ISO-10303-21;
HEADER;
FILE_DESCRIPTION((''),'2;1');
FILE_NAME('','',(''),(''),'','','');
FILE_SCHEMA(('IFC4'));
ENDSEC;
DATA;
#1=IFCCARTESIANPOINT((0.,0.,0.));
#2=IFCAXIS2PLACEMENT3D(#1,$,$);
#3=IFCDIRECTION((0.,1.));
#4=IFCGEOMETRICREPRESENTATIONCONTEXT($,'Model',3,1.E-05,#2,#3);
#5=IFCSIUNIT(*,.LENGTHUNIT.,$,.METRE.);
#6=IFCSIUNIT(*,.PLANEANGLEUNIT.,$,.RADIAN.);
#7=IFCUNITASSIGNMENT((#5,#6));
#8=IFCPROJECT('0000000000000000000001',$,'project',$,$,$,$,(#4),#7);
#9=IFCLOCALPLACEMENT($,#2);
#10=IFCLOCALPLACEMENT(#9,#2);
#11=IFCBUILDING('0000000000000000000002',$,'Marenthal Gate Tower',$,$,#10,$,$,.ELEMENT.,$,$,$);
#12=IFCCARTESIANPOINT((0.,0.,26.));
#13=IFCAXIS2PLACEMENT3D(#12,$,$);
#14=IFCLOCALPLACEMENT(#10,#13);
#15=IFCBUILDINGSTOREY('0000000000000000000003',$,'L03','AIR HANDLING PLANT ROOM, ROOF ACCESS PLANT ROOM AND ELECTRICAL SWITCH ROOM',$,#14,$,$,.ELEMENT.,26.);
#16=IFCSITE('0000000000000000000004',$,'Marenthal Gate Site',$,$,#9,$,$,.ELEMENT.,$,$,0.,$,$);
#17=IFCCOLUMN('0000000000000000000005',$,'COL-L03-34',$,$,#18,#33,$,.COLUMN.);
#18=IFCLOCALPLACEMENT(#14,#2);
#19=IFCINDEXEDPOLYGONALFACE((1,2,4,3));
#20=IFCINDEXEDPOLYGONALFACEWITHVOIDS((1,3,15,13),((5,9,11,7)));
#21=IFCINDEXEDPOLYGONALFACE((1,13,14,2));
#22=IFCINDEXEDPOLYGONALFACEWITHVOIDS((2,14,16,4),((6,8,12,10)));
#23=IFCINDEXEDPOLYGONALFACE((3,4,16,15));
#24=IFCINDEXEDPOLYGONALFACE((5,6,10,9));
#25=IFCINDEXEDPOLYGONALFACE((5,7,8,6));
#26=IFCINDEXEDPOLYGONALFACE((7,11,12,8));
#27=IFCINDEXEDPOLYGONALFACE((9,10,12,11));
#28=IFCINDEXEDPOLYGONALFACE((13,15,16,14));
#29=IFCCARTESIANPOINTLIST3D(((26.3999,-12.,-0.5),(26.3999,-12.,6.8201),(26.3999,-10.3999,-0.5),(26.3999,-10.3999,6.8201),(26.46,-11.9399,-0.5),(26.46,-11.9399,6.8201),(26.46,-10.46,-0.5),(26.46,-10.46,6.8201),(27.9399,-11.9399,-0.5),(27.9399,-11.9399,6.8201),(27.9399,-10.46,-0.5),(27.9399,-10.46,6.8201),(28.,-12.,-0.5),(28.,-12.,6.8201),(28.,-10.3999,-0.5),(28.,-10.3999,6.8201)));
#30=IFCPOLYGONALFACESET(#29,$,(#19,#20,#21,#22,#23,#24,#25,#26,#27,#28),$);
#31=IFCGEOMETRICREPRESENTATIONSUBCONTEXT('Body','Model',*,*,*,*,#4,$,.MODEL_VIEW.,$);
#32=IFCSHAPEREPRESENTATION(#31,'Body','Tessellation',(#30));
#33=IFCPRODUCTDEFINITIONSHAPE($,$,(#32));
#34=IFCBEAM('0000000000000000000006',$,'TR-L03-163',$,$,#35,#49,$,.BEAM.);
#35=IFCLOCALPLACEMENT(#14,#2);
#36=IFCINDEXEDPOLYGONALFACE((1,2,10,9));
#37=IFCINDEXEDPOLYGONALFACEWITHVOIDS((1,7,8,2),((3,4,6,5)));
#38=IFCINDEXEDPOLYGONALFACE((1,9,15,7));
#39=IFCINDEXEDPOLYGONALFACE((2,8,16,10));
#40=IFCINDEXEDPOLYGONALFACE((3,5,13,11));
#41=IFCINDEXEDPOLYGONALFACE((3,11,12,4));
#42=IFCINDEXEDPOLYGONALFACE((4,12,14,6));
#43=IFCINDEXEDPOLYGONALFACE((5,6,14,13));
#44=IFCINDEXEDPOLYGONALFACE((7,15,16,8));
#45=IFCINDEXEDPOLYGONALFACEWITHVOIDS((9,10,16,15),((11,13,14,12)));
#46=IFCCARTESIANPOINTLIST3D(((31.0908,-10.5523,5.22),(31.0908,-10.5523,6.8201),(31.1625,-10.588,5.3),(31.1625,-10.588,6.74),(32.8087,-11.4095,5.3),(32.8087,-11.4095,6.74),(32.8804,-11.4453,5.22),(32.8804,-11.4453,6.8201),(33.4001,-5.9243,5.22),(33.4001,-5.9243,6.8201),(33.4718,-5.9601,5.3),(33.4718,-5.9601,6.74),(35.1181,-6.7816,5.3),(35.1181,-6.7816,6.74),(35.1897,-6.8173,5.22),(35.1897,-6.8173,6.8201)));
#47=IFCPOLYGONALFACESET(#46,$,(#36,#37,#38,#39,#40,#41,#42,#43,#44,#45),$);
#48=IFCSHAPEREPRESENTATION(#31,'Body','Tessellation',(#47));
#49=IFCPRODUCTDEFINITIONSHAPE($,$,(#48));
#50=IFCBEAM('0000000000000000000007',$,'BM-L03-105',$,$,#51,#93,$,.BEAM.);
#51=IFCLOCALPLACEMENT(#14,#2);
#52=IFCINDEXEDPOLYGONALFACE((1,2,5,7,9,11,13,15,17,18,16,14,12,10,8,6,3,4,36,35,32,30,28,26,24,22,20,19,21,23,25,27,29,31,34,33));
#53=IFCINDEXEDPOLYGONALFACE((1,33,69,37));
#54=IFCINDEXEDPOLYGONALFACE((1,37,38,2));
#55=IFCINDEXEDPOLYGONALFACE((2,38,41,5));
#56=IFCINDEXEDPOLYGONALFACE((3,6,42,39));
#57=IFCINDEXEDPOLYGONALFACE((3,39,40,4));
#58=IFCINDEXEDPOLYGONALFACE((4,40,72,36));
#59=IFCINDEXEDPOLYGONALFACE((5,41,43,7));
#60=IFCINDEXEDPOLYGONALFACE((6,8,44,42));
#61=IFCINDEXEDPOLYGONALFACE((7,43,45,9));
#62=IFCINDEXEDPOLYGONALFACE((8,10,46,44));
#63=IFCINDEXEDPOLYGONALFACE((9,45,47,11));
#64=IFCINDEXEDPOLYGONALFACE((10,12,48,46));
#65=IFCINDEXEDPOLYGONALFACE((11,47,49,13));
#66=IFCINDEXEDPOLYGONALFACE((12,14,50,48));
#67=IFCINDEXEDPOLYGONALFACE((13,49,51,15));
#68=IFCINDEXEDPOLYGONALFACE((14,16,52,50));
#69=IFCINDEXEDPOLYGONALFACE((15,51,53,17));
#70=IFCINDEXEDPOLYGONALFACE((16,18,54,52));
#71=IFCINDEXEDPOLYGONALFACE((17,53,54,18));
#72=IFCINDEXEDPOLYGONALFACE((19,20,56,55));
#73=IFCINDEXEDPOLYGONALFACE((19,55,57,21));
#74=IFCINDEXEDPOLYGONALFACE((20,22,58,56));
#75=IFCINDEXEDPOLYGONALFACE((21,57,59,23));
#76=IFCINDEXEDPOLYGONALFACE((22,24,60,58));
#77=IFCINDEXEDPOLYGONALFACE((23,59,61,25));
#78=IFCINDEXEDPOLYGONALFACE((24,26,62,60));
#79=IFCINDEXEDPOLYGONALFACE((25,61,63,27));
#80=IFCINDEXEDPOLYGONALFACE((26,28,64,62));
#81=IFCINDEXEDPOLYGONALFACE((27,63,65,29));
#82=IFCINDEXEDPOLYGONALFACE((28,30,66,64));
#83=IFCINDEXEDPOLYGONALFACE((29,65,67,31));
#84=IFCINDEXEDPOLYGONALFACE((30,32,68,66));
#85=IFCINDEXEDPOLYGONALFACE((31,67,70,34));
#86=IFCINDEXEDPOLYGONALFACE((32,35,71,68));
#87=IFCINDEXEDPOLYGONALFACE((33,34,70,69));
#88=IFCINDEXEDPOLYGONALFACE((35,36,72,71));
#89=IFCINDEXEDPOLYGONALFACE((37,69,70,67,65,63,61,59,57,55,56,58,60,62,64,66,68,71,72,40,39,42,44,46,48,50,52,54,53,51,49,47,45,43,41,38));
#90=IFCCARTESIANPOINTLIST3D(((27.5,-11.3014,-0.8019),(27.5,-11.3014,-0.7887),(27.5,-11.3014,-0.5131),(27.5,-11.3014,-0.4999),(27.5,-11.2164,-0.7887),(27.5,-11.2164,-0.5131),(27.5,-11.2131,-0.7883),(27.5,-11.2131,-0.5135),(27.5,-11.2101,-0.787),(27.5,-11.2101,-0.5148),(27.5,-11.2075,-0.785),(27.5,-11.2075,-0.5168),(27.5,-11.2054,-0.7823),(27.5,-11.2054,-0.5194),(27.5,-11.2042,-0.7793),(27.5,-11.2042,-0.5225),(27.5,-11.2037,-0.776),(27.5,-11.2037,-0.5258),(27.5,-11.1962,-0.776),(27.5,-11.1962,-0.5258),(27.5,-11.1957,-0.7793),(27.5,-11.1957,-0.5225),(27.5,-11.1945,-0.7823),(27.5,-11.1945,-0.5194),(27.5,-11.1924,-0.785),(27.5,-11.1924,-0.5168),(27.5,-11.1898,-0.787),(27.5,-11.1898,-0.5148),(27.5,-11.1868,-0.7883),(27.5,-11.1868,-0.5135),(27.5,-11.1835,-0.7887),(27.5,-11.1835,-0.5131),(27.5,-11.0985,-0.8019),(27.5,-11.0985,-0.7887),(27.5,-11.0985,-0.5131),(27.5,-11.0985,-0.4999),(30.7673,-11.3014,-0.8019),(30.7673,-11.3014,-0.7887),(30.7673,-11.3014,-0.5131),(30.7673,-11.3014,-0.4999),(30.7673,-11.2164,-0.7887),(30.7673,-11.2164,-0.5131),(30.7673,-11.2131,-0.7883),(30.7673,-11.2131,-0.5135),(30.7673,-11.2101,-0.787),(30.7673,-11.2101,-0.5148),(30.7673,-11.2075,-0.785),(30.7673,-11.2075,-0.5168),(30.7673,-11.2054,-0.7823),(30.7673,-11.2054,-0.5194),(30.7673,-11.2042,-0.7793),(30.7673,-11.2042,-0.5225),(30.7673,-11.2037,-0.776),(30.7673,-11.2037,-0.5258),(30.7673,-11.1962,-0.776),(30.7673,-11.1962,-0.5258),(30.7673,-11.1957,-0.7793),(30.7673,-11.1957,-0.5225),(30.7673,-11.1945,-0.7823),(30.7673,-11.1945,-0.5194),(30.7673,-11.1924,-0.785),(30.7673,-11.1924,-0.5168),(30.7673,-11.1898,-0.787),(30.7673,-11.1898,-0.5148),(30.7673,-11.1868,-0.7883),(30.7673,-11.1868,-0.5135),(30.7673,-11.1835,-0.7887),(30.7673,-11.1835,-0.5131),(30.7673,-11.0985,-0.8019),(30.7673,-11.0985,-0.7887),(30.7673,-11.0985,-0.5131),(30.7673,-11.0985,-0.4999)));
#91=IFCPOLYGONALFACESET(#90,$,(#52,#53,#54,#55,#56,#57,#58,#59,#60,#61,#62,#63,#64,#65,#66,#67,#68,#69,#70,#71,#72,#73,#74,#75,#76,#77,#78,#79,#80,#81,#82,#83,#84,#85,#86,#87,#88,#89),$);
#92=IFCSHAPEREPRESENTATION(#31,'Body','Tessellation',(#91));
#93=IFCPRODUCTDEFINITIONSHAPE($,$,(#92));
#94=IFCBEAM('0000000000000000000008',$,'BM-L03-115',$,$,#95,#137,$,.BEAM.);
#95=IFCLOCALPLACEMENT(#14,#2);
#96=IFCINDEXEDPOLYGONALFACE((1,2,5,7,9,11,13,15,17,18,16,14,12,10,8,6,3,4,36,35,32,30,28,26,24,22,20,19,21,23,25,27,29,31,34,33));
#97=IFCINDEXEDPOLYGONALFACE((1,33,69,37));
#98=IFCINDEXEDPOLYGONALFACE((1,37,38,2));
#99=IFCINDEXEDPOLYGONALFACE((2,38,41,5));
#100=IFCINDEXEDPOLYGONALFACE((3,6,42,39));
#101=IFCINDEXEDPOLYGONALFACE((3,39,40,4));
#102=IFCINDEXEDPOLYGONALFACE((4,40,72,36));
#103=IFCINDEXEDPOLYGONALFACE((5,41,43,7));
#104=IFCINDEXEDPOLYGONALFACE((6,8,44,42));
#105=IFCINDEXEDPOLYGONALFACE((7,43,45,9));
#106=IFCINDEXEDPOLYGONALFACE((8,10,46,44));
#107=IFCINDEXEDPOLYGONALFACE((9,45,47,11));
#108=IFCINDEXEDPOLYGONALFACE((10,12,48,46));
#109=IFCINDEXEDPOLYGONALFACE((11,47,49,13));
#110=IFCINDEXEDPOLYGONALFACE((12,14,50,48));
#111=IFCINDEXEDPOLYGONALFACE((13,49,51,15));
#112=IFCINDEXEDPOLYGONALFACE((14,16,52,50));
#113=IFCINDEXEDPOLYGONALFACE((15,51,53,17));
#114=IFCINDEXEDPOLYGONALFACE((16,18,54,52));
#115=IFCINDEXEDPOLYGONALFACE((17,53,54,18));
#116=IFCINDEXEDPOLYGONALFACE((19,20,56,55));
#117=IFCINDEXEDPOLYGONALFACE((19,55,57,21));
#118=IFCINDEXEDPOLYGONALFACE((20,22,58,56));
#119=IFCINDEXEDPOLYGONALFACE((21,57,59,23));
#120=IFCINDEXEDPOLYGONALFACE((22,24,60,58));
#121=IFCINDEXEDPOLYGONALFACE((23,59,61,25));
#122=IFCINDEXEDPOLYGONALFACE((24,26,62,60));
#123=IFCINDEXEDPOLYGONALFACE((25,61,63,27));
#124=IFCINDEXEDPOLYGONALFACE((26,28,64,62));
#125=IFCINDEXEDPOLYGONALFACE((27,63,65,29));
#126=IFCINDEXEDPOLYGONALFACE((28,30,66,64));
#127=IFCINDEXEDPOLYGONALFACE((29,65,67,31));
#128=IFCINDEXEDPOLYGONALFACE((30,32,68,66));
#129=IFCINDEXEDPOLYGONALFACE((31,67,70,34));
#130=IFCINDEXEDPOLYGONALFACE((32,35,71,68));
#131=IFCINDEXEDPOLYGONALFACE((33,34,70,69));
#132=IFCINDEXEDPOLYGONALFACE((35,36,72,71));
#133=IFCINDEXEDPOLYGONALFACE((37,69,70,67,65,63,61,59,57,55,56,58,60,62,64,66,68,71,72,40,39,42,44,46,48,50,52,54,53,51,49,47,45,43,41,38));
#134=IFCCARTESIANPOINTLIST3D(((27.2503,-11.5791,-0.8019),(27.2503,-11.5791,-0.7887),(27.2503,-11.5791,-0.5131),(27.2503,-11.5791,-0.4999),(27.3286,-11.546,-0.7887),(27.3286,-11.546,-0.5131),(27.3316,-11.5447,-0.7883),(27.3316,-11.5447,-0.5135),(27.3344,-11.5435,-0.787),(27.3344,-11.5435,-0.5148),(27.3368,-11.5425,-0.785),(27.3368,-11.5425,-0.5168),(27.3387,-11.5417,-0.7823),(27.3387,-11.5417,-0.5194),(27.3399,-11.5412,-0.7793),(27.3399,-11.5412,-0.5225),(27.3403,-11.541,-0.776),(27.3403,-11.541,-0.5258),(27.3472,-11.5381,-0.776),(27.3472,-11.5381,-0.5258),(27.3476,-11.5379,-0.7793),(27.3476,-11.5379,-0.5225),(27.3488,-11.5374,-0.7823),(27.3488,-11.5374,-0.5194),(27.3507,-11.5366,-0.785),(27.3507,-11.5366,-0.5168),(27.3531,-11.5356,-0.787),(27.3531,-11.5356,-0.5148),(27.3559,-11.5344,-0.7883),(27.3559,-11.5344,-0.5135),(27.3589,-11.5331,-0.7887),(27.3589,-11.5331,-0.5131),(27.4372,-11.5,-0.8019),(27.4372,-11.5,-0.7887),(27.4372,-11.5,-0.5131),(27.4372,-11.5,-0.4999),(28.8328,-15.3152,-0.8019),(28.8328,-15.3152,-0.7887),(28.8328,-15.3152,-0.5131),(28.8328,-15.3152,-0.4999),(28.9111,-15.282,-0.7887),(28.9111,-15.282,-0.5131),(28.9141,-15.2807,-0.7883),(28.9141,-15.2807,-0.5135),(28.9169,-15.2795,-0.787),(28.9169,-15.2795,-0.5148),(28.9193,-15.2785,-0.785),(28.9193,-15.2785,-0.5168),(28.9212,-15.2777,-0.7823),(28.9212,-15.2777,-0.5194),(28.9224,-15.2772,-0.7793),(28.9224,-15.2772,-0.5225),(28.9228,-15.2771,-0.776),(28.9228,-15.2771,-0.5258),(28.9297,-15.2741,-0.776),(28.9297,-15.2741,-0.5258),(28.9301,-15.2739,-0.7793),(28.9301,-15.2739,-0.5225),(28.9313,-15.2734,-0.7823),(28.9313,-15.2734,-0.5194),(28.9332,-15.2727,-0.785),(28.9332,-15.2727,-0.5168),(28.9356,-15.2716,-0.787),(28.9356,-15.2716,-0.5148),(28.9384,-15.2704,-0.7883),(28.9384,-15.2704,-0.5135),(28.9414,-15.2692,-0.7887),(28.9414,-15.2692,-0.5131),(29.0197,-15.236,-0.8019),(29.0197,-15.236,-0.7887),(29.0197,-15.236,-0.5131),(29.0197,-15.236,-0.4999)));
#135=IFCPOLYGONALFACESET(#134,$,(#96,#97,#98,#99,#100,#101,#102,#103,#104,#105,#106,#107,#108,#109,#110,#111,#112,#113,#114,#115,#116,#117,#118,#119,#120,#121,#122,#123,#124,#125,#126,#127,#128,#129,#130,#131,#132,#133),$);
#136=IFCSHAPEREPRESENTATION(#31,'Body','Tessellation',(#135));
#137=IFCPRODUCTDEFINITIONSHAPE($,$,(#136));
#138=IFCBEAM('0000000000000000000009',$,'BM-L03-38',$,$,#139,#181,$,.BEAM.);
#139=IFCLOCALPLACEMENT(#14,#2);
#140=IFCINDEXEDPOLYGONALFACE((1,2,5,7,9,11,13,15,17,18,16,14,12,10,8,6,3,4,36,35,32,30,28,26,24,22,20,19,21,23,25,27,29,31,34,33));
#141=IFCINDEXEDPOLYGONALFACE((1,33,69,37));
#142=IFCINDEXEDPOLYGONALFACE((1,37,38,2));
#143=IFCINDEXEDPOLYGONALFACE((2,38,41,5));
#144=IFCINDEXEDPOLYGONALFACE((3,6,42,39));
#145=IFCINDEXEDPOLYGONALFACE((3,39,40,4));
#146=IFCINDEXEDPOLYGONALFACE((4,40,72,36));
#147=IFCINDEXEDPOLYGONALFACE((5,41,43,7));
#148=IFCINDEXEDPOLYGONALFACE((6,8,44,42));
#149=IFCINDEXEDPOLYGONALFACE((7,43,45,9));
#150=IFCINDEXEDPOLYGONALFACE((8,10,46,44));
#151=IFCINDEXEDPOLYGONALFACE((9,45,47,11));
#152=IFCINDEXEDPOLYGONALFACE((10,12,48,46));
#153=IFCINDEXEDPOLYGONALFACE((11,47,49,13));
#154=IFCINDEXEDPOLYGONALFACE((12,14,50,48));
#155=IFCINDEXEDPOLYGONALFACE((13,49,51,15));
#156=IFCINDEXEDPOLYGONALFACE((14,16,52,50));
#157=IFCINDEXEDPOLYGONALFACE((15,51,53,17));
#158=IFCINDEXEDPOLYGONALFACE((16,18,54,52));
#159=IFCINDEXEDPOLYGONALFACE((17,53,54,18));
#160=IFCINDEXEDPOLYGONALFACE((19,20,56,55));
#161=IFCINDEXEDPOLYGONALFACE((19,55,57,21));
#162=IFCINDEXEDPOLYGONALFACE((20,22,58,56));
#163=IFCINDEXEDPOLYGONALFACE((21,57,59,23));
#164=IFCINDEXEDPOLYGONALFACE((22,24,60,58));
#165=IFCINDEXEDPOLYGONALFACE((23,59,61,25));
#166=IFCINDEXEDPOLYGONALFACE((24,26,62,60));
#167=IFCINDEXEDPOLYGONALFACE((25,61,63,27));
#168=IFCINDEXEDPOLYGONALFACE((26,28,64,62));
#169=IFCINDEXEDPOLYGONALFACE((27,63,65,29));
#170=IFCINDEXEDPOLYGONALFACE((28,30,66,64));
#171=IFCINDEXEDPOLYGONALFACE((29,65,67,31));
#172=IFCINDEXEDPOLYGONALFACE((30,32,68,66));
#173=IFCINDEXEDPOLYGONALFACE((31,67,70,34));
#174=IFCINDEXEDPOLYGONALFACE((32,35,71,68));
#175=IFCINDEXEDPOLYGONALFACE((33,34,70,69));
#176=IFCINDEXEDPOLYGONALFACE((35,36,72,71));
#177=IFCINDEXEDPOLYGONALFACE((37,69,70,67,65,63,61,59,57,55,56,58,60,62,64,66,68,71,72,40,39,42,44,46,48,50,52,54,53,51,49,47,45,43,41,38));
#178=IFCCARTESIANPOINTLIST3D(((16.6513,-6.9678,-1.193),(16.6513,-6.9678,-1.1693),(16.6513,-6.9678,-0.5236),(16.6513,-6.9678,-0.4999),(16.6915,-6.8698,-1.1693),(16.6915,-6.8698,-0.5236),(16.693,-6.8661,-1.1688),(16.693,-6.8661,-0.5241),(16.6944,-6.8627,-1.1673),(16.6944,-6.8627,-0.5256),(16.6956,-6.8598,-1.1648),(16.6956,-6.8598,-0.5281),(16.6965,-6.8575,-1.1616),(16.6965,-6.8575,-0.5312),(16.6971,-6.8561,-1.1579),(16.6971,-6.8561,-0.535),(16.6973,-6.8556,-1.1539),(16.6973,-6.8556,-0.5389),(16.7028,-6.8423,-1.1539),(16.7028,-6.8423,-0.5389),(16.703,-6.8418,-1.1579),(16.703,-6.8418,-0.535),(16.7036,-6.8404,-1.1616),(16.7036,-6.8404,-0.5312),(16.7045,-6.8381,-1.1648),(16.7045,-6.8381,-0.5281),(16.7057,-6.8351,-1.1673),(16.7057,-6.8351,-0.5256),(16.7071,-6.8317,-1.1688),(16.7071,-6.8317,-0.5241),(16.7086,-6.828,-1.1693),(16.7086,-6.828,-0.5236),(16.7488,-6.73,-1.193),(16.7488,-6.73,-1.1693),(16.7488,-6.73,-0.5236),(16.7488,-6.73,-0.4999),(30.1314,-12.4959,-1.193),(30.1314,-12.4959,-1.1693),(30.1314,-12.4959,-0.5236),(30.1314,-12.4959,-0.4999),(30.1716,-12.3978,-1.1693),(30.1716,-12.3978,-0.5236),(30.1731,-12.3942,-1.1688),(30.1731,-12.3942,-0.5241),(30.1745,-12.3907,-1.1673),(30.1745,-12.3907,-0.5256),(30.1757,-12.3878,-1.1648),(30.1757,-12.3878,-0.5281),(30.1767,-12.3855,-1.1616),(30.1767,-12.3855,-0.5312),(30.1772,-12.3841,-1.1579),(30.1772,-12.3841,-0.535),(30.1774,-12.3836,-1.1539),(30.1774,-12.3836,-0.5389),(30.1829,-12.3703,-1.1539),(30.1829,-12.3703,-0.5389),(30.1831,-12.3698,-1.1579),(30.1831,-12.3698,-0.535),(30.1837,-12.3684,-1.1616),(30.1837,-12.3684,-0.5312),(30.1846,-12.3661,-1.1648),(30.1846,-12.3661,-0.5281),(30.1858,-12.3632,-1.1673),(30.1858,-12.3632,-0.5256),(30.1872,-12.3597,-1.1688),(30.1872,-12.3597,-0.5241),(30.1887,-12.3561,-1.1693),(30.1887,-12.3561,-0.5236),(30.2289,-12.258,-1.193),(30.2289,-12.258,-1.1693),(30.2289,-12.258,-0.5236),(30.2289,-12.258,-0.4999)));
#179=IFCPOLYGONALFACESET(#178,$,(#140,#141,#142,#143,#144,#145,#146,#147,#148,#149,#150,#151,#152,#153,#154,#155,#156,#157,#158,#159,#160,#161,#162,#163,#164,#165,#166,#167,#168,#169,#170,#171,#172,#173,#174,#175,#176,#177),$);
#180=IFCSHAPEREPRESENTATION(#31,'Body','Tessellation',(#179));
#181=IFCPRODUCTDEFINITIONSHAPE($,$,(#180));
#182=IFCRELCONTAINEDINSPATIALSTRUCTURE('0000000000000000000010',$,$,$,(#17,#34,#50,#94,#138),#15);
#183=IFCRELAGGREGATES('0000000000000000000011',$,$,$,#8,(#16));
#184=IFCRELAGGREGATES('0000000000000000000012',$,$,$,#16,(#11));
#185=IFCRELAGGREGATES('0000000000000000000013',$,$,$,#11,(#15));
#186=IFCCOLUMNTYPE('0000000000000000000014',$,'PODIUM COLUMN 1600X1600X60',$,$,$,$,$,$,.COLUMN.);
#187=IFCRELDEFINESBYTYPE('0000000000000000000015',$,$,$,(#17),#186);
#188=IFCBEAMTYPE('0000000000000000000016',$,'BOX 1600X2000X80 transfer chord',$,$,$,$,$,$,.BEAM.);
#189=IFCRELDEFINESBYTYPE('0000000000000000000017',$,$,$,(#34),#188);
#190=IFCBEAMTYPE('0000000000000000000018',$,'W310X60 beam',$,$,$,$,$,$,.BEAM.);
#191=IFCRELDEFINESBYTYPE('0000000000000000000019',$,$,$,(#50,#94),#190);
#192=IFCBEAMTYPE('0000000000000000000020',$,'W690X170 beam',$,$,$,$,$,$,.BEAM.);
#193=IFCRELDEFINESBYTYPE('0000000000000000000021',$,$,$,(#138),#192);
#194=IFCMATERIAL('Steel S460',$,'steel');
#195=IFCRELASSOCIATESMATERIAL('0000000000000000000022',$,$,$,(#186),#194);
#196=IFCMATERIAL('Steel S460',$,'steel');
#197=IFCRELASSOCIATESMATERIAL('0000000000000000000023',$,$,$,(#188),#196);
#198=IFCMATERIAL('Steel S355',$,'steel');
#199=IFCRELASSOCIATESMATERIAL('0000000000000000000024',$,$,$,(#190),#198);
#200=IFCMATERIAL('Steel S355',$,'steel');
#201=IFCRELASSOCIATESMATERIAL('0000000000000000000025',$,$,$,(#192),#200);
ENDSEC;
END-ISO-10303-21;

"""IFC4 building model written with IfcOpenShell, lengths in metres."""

from ifc_helpers import new_model, si_unit, direction, frame, origin, origin_2d, place, context, subcontext, project, spatial, rectangle, hollow_rectangle, i_section, extrude, material, material_profile, profile_set, type_object, element, save


model = new_model("IFC4")

# Units and contexts
model_context = context("Model", 3, precision=1e-05, world=origin(), true_north=direction((0.0, 1.0)))
body_context = subcontext(model_context, "Body", "Model", "MODEL_VIEW")
ifc_project = project(units=[si_unit("LENGTHUNIT", "METRE"), si_unit("PLANEANGLEUNIT", "RADIAN")], contexts=[model_context])

# Site, building, storey
site_placement = place(None, origin())
site = spatial("IfcSite", under=ifc_project, at=site_placement, Name="Marenthal Gate Site", CompositionType="ELEMENT", RefElevation=0.0)
building_placement = place(site_placement, origin())
building = spatial("IfcBuilding", under=site, at=building_placement, Name="Marenthal Gate Tower", CompositionType="ELEMENT")
storey_placement = place(building_placement, frame((0.0, 0.0, 26.0)))
storey = spatial("IfcBuildingStorey", under=building, at=storey_placement, Name="L03", Description="AIR HANDLING PLANT ROOM, ROOF ACCESS PLANT ROOM AND ELECTRICAL SWITCH ROOM", CompositionType="ELEMENT", Elevation=26.0)

# Column
ifc_material_1 = material(Name="Steel S460", Category="steel")
ifc_material_profile_1 = material_profile(ifc_material_1, hollow_rectangle(XDim=1.6001, YDim=1.6001, WallThickness=0.0601, at=origin_2d()), Name="CFT BOX 1600X1600X60")
ifc_material_2 = material(Name="Concrete 70 MPa", Category="concrete")
ifc_material_profile_2 = material_profile(ifc_material_2, rectangle(XDim=1.48, YDim=1.48, at=origin_2d()), Name="CFT BOX 1600X1600X60 INFILL")
ifc_profile_set_1 = profile_set([ifc_material_profile_1, ifc_material_profile_2], Name="Steel S460 shell, Concrete 70 MPa infill")
column_type = type_object("IfcColumnType", Name="PODIUM COLUMN 1600X1600X60", PredefinedType="COLUMN", material=ifc_profile_set_1)
column_placement = place(storey_placement, frame((27.2, -11.2, -0.5), z_axis=(0.0, 0.0, 1.0), x_axis=(1.0, 0.0, 0.0)))
element("IfcColumn", 1, at=column_placement, inside=storey, type_object=column_type, Name="COL-L03-34", PredefinedType="COLUMN", context=body_context, shape_type="SweptSolid", body=[
    extrude(hollow_rectangle(XDim=1.6001, YDim=1.6001, WallThickness=0.0601, at=origin_2d()), origin(), (0.0, 0.0, 1.0), 7.3201),
])

# Beams
ifc_material_3 = material(Name="Steel S460", Category="steel")
ifc_material_profile_3 = material_profile(ifc_material_3, hollow_rectangle(XDim=2.0, YDim=1.6001, WallThickness=0.0801, at=origin_2d()), Name="BOX 1600X2000X80")
ifc_profile_set_2 = profile_set([ifc_material_profile_3], Name="Steel S460")
beam_type_1 = type_object("IfcBeamType", Name="BOX 1600X2000X80 transfer chord", PredefinedType="BEAM", material=ifc_profile_set_2)
beam_1_placement = place(storey_placement, frame((31.9856, -10.9988, 6.02), z_axis=(0.446496, 0.894786, 0.0), x_axis=(-0.894786, 0.446496, 0.0)))
element("IfcBeam", 2, at=beam_1_placement, inside=storey, type_object=beam_type_1, Name="TR-L03-163", PredefinedType="BEAM", context=body_context, shape_type="SweptSolid", body=[
    extrude(hollow_rectangle(XDim=2.0, YDim=1.6001, WallThickness=0.0801, at=origin_2d()), origin(), (0.0, 0.0, 1.0), 5.1721),
])
ifc_material_4 = material(Name="Steel S355", Category="steel")
ifc_material_profile_4 = material_profile(ifc_material_4, i_section(OverallWidth=0.2029, OverallDepth=0.302, WebThickness=0.0076, FlangeThickness=0.0132, FilletRadius=0.0127, at=origin_2d()), Name="W310X60")
ifc_profile_set_3 = profile_set([ifc_material_profile_4], Name="Steel S355")
beam_type_2 = type_object("IfcBeamType", Name="W310X60 beam", PredefinedType="BEAM", material=ifc_profile_set_3)
beam_2_placement = place(storey_placement, frame((27.5, -11.2, -0.6509), z_axis=(1.0, 0.0, 0.0), x_axis=(0.0, 1.0, 0.0)))
element("IfcBeam", 3, at=beam_2_placement, inside=storey, type_object=beam_type_2, Name="BM-L03-105", PredefinedType="BEAM", context=body_context, shape_type="SweptSolid", body=[
    extrude(i_section(OverallWidth=0.2029, OverallDepth=0.302, WebThickness=0.0076, FlangeThickness=0.0132, FilletRadius=0.0127, at=origin_2d()), origin(), (0.0, 0.0, 1.0), 3.2673),
])
beam_3_placement = place(storey_placement, frame((27.3438, -11.5396, -0.6509), z_axis=(0.390031, -0.920802, 0.0), x_axis=(0.920802, 0.390031, 0.0)))
element("IfcBeam", 4, at=beam_3_placement, inside=storey, type_object=beam_type_2, Name="BM-L03-115", PredefinedType="BEAM", context=body_context, shape_type="SweptSolid", body=[
    extrude(i_section(OverallWidth=0.2029, OverallDepth=0.302, WebThickness=0.0076, FlangeThickness=0.0132, FilletRadius=0.0127, at=origin_2d()), origin(), (0.0, 0.0, 1.0), 4.0574),
])
ifc_material_5 = material(Name="Steel S355", Category="steel")
ifc_material_profile_5 = material_profile(ifc_material_5, i_section(OverallWidth=0.2571, OverallDepth=0.6931, WebThickness=0.0144, FlangeThickness=0.0237, FilletRadius=0.0154, at=origin_2d()), Name="W690X170")
ifc_profile_set_4 = profile_set([ifc_material_profile_5], Name="Steel S355")
beam_type_3 = type_object("IfcBeamType", Name="W690X170 beam", PredefinedType="BEAM", material=ifc_profile_set_4)
beam_4_placement = place(storey_placement, frame((30.1802, -12.377, -0.8464), z_axis=(-0.925223, 0.379423, 0.0), x_axis=(-0.379423, -0.925223, 0.0)))
element("IfcBeam", 5, at=beam_4_placement, inside=storey, type_object=beam_type_3, Name="BM-L03-38", PredefinedType="BEAM", context=body_context, shape_type="SweptSolid", body=[
    extrude(i_section(OverallWidth=0.2571, OverallDepth=0.6931, WebThickness=0.0144, FlangeThickness=0.0237, FilletRadius=0.0154, at=origin_2d()), origin(), (0.0, 0.0, 1.0), 14.5696),
])

save(model, "model.ifc")
